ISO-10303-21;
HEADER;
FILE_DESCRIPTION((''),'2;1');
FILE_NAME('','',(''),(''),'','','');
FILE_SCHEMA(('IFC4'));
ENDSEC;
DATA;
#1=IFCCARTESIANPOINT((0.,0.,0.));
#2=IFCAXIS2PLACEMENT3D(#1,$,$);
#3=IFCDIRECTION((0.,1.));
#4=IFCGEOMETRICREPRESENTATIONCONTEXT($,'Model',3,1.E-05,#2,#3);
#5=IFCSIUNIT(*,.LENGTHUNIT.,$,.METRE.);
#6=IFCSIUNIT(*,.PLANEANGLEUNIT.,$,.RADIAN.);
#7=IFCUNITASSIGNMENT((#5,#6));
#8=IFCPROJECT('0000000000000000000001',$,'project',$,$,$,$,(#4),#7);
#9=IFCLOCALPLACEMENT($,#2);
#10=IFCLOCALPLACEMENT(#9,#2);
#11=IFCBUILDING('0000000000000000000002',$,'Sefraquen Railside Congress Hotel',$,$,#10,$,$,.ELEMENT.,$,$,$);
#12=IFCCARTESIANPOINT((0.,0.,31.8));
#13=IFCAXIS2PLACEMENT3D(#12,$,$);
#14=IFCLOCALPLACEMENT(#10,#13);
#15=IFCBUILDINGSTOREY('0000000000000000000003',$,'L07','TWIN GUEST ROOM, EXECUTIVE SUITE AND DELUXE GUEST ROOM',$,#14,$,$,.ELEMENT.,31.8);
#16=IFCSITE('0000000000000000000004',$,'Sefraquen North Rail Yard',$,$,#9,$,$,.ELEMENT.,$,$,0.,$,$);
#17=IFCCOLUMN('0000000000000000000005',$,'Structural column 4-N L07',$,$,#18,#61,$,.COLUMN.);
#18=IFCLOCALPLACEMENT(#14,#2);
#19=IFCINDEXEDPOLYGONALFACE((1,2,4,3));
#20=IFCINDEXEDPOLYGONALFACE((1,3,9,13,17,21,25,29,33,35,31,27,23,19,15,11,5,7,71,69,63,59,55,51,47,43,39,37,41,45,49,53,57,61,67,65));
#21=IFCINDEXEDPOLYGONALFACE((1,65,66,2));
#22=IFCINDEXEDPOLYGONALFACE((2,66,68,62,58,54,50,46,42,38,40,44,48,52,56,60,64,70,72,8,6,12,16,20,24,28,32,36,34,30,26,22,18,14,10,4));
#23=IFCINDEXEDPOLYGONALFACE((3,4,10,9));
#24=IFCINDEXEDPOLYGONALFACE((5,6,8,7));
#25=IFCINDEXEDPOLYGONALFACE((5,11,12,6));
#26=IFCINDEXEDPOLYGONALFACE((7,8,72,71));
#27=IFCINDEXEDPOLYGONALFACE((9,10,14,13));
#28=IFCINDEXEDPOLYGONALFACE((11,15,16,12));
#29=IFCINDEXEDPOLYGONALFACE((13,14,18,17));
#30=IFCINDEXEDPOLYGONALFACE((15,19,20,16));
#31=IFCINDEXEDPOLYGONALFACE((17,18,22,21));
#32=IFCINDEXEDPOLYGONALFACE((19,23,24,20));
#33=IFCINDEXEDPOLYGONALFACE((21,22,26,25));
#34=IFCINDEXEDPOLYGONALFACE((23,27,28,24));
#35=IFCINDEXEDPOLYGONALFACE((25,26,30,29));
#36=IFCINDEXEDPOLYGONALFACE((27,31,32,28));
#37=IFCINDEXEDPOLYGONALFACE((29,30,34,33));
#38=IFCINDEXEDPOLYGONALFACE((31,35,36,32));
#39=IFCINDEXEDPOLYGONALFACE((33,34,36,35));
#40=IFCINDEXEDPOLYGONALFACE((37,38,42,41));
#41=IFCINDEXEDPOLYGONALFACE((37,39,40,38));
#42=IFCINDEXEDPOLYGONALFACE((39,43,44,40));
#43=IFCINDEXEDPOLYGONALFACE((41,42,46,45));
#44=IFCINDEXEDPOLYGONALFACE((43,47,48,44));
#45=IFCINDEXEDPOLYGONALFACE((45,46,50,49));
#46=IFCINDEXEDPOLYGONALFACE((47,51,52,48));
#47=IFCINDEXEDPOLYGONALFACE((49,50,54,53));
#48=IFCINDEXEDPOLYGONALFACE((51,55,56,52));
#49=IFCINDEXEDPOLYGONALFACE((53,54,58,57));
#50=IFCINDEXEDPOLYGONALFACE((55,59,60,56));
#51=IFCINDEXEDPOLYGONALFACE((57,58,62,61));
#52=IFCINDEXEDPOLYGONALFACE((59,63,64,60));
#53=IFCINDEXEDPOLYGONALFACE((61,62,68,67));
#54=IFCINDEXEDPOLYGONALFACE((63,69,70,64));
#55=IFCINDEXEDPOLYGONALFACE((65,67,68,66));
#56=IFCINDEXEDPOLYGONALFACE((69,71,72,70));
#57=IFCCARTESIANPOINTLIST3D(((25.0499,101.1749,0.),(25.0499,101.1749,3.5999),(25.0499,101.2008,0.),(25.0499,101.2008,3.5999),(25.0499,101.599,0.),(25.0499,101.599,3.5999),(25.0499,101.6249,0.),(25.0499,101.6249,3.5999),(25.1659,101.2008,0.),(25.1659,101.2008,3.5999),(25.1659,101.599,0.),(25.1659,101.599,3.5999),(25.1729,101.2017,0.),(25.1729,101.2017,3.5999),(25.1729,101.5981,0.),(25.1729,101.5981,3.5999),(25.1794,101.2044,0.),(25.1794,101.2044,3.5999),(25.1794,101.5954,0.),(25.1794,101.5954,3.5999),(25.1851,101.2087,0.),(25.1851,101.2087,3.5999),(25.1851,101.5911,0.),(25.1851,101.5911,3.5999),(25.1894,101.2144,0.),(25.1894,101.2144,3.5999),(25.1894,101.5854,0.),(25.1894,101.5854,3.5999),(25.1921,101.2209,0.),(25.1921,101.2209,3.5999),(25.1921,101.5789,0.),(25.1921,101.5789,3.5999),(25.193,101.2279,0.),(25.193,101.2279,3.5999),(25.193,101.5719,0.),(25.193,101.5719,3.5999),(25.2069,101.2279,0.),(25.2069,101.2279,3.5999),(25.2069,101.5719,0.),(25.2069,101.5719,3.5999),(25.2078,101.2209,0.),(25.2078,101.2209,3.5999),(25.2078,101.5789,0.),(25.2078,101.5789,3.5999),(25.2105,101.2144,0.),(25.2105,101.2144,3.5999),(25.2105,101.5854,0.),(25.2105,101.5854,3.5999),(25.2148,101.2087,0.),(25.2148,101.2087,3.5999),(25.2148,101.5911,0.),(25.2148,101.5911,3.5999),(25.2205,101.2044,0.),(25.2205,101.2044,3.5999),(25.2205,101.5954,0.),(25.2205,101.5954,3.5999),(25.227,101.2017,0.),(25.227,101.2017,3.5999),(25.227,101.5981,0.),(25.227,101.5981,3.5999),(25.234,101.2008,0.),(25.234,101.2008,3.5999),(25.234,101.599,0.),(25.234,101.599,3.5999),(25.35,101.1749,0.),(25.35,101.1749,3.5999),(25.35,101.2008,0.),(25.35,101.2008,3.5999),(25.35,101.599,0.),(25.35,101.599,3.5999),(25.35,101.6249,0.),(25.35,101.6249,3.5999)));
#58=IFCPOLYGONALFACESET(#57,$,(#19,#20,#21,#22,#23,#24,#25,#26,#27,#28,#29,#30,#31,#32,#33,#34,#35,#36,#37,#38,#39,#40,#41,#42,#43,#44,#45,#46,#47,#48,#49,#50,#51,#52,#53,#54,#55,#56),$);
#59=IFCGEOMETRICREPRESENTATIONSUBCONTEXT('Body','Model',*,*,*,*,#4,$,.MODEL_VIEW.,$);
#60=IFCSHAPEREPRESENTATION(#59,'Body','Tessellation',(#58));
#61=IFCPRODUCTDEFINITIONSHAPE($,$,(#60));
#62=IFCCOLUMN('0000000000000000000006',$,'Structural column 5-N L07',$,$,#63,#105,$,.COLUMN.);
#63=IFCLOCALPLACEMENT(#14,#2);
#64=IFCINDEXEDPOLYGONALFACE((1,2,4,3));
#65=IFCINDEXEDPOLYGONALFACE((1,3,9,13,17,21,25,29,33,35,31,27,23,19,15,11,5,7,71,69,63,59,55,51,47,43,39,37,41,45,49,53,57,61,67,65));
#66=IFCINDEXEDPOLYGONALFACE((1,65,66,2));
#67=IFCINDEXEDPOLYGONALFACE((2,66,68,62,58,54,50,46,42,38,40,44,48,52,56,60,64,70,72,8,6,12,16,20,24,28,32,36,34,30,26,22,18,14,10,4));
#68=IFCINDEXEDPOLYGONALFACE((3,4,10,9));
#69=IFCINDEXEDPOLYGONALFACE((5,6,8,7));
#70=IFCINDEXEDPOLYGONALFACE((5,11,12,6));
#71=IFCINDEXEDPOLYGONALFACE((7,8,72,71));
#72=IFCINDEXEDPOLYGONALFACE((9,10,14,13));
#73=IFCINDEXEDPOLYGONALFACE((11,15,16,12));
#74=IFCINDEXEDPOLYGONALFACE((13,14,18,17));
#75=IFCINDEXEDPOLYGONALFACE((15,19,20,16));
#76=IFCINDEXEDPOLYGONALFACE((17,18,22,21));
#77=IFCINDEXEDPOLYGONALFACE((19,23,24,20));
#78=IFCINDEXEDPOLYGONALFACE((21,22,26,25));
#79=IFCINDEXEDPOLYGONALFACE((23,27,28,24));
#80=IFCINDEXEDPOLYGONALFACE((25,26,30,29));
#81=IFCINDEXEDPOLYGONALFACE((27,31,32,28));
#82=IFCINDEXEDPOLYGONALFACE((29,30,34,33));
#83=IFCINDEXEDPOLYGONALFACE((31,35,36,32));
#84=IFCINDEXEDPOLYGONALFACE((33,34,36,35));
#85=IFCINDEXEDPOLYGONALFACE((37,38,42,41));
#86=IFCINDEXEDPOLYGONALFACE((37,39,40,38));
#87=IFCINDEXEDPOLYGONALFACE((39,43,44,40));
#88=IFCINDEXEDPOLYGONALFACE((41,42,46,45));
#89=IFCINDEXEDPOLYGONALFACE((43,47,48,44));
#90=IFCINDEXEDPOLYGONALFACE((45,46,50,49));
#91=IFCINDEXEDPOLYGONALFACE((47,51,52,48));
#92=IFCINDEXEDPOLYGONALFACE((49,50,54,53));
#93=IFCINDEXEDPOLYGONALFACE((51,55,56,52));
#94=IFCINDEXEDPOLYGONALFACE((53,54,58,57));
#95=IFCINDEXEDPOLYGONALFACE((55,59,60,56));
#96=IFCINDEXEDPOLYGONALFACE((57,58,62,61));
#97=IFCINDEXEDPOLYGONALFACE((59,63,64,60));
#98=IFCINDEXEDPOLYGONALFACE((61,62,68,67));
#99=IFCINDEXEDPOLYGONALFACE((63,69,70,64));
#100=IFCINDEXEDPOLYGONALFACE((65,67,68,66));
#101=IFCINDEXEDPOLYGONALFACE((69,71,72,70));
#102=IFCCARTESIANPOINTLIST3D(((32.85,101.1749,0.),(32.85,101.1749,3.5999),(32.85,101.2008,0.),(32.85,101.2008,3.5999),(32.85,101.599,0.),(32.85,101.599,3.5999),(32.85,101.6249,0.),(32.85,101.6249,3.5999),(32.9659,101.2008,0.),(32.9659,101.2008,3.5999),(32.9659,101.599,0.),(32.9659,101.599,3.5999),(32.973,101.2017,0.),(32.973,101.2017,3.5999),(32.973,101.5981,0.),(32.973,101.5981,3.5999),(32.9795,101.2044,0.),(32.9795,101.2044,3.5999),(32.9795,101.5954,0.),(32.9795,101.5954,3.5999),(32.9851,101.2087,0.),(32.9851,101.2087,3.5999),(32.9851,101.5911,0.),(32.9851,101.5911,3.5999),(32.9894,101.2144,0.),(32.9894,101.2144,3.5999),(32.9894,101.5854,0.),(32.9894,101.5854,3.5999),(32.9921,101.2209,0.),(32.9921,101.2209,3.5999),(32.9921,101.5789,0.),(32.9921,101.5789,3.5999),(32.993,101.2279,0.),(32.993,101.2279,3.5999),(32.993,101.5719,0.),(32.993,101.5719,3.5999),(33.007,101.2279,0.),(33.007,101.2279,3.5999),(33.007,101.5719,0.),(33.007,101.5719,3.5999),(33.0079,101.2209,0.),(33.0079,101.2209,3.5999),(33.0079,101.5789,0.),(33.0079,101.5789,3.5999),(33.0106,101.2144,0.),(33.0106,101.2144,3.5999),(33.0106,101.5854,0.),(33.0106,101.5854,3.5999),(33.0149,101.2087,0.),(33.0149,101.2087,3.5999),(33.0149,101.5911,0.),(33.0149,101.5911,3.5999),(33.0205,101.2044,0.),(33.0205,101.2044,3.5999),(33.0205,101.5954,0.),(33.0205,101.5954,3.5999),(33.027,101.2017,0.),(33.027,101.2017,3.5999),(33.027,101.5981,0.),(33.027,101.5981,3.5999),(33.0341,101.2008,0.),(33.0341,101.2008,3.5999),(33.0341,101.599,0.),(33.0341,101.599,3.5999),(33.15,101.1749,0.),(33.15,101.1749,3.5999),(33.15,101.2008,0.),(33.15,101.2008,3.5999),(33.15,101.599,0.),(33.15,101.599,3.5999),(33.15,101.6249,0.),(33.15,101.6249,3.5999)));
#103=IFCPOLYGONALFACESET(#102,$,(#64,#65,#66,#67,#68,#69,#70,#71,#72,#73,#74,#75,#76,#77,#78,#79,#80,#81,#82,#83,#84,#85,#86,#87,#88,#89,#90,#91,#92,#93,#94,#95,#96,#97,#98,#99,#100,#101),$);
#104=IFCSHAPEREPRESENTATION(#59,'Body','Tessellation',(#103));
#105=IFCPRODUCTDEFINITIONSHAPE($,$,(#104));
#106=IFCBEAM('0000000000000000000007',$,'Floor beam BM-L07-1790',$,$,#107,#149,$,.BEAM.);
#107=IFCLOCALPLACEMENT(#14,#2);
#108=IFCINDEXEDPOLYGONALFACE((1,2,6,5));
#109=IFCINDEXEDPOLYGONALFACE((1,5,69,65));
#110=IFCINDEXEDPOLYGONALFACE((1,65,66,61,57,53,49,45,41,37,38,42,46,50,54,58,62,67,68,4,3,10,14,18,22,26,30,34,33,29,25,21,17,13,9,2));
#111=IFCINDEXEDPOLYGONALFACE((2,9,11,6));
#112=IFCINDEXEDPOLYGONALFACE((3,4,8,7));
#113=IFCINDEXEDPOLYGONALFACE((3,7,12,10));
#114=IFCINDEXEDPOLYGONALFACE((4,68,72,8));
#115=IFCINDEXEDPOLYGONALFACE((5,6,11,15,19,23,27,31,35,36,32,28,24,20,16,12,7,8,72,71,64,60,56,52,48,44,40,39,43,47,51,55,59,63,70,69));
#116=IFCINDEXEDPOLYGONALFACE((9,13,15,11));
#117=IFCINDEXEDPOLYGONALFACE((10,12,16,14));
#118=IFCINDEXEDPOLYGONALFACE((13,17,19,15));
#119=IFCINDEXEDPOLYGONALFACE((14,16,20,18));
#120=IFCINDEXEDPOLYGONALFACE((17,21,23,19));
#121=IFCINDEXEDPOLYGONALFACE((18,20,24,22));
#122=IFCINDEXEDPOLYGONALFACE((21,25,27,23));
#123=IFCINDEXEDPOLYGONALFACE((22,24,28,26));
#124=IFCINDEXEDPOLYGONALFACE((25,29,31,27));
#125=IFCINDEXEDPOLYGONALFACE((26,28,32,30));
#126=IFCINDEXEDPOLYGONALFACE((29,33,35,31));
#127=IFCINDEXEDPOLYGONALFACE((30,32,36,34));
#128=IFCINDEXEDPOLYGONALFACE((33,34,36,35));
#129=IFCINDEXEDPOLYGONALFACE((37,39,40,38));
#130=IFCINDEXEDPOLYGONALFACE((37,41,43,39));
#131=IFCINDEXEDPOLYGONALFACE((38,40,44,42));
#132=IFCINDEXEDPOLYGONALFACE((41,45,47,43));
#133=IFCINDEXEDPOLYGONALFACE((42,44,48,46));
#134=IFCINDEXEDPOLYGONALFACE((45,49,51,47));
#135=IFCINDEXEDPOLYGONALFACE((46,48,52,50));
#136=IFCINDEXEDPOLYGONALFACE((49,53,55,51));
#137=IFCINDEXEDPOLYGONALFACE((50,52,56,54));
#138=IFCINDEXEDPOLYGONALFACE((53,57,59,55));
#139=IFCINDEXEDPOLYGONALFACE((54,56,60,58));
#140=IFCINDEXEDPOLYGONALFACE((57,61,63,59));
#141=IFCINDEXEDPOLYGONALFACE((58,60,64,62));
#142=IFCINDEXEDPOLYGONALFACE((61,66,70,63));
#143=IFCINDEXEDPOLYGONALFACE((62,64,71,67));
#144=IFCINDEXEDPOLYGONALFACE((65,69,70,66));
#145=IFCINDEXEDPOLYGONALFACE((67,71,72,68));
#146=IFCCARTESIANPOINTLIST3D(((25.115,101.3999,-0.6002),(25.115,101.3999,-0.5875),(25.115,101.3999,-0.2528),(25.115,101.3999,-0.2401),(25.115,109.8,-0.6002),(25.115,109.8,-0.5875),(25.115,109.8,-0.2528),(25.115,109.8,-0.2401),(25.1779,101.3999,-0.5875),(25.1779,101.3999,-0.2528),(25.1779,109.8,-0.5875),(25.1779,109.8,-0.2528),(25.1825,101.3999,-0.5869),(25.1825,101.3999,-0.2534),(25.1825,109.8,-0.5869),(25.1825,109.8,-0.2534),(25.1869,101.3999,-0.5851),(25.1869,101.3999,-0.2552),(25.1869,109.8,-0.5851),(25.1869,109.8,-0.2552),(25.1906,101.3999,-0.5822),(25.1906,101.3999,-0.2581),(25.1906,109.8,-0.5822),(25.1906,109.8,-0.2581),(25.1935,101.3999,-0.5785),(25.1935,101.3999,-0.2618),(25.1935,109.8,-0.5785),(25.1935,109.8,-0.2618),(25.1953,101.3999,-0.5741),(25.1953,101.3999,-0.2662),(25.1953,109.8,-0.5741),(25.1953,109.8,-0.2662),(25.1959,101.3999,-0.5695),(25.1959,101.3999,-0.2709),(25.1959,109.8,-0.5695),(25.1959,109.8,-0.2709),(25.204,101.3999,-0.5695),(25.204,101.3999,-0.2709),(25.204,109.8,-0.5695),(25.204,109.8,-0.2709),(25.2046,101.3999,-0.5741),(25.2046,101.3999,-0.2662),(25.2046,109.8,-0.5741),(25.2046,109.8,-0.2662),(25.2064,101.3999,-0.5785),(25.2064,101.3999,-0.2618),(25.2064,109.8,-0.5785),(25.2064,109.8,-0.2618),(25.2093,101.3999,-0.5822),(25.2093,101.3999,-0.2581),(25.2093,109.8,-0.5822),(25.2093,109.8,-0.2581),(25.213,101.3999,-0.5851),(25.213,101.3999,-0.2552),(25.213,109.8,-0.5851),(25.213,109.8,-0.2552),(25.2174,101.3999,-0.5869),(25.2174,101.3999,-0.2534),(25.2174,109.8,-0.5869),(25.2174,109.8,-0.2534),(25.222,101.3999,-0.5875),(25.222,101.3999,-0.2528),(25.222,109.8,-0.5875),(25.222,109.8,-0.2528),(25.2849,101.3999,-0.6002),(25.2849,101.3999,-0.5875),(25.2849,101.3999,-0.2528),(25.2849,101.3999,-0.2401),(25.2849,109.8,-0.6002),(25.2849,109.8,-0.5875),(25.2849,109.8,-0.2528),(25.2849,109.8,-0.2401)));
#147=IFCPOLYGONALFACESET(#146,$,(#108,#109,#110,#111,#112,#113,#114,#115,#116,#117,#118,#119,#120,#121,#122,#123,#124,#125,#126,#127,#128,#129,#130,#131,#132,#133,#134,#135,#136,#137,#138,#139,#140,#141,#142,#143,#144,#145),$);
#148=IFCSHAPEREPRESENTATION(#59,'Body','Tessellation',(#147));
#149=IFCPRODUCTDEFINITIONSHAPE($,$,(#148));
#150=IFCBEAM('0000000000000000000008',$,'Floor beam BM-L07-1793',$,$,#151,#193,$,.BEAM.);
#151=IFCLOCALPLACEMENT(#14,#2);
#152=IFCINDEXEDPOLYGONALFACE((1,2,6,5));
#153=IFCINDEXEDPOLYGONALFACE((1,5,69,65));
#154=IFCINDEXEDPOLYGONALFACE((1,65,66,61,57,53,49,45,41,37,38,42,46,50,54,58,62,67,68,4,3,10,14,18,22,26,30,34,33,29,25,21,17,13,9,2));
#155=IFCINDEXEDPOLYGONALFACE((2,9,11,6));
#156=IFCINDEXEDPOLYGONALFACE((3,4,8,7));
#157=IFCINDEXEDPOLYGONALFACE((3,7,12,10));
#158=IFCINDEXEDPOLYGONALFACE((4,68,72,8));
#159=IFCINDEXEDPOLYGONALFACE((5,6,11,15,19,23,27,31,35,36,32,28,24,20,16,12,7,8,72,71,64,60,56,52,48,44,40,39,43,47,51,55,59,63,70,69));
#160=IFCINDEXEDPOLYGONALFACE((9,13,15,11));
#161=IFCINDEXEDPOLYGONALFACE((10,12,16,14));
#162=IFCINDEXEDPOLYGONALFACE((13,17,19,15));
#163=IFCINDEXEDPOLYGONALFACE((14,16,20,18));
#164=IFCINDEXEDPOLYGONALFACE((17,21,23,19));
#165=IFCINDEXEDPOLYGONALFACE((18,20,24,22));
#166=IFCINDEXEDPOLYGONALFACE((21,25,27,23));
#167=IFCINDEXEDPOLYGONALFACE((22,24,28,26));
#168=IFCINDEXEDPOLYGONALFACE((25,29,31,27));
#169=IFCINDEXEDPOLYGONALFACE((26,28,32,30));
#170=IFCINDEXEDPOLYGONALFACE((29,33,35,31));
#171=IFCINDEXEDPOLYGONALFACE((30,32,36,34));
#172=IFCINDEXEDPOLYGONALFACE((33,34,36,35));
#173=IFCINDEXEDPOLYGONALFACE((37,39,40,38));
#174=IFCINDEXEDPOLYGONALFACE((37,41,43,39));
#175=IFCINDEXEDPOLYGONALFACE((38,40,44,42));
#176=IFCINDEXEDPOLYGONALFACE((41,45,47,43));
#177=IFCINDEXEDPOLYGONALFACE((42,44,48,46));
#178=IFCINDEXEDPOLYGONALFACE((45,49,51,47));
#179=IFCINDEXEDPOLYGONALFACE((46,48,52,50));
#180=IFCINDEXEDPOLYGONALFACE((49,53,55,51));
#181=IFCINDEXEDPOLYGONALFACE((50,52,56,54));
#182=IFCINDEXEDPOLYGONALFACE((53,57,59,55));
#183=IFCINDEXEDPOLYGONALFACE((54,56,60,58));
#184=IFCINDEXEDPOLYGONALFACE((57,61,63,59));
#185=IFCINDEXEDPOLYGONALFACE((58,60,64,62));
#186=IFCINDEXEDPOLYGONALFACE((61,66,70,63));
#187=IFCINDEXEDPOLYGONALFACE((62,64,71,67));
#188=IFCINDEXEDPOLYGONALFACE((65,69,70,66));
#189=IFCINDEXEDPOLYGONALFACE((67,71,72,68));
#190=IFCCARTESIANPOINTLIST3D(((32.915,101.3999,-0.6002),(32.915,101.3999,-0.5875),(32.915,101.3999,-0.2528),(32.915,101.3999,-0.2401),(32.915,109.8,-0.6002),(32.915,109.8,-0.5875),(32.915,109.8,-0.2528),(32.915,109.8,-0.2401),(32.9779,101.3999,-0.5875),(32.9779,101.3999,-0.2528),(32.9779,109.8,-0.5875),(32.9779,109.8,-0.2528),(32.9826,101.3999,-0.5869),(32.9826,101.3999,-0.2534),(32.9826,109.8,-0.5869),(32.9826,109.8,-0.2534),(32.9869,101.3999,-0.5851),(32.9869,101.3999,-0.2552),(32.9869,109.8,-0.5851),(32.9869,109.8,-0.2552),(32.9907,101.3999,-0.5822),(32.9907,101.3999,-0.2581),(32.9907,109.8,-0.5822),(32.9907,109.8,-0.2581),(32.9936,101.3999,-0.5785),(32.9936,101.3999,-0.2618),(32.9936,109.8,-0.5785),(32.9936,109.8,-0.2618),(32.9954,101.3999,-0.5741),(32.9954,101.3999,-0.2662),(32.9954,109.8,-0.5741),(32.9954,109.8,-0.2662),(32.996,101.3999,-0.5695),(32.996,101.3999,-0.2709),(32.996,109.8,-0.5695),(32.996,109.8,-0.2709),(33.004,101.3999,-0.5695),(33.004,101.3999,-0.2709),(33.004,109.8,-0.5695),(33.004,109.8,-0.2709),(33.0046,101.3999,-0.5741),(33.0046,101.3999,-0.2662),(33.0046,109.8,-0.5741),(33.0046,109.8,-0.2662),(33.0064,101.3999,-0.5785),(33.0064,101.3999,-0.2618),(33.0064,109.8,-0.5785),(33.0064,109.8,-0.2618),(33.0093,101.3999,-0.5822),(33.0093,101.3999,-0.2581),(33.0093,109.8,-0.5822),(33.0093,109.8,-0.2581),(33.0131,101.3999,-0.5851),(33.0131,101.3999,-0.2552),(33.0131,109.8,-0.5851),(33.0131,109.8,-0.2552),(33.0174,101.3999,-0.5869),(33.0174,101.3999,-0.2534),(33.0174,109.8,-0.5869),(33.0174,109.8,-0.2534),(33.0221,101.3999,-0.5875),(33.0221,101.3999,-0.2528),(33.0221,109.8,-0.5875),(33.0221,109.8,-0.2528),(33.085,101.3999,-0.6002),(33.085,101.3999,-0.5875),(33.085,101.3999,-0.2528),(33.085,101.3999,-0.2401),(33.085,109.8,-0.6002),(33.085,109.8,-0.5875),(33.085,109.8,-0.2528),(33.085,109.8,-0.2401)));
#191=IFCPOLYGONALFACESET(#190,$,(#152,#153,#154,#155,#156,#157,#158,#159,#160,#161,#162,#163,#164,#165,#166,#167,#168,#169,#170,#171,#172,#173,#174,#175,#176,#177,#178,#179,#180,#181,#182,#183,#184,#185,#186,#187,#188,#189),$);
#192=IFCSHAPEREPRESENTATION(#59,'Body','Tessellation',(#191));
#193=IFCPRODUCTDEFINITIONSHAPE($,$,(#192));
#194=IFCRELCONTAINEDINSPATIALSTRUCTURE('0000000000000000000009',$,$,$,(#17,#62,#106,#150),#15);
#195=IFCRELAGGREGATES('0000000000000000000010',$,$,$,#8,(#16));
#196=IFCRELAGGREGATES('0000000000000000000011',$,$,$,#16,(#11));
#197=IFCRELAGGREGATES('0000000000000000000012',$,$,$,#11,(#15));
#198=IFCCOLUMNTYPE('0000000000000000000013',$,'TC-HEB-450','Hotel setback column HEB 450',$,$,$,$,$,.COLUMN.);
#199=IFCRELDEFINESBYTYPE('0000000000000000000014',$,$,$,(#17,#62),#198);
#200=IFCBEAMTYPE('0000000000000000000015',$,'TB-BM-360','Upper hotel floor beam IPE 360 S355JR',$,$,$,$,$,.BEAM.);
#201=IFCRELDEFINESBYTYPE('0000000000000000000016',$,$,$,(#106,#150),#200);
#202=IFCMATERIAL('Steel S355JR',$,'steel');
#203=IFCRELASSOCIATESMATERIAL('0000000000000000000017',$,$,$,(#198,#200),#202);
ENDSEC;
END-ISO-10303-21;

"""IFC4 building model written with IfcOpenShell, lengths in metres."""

from ifc_helpers import new_model, si_unit, direction, frame, origin, origin_2d, place, context, subcontext, project, spatial, i_section, extrude, material, material_profile, profile_set, type_object, element, save


model = new_model("IFC4")

# Units and contexts
model_context = context("Model", 3, precision=1e-05, world=origin(), true_north=direction((0.0, 1.0)))
body_context = subcontext(model_context, "Body", "Model", "MODEL_VIEW")
ifc_project = project(units=[si_unit("LENGTHUNIT", "METRE"), si_unit("PLANEANGLEUNIT", "RADIAN")], contexts=[model_context])

# Site, building, storey
site_placement = place(None, origin())
site = spatial("IfcSite", under=ifc_project, at=site_placement, Name="Sefraquen North Rail Yard", CompositionType="ELEMENT", RefElevation=0.0)
building_placement = place(site_placement, origin())
building = spatial("IfcBuilding", under=site, at=building_placement, Name="Sefraquen Railside Congress Hotel", CompositionType="ELEMENT")
storey_placement = place(building_placement, frame((0.0, 0.0, 31.8)))
storey = spatial("IfcBuildingStorey", under=building, at=storey_placement, Name="L07", Description="TWIN GUEST ROOM, EXECUTIVE SUITE AND DELUXE GUEST ROOM", CompositionType="ELEMENT", Elevation=31.8)

# Columns
ifc_material_1 = material(Name="Steel S355JR", Category="steel")
ifc_material_profile_1 = material_profile(ifc_material_1, i_section(OverallWidth=0.3, OverallDepth=0.45, WebThickness=0.0139, FlangeThickness=0.0259, FilletRadius=0.0271, at=origin_2d()), Name="HEB 450")
ifc_profile_set_1 = profile_set([ifc_material_profile_1], Name="Steel S355JR")
column_type = type_object("IfcColumnType", Name="TC-HEB-450", Description="Hotel setback column HEB 450", PredefinedType="COLUMN", material=ifc_profile_set_1)
for number, where, z_axis, x_axis, name in (
    (1, (25.2, 101.3999, 0.0), (0.0, 0.0, 1.0), (1.0, 0.0, 0.0), "Structural column 4-N L07"),
    (2, (33.0, 101.3999, 0.0), (0.0, 0.0, 1.0), (1.0, 0.0, 0.0), "Structural column 5-N L07"),
):
    element("IfcColumn", number, at=place(storey_placement, frame(where, z_axis=z_axis, x_axis=x_axis)), inside=storey, type_object=column_type, Name=name, PredefinedType="COLUMN", context=body_context, shape_type="SweptSolid", body=[
        extrude(i_section(OverallWidth=0.3, OverallDepth=0.45, WebThickness=0.0139, FlangeThickness=0.0259, FilletRadius=0.0271, at=origin_2d()), origin(), (0.0, 0.0, 1.0), 3.5999),
    ])

# Beams
ifc_material_profile_2 = material_profile(ifc_material_1, i_section(OverallWidth=0.1699, OverallDepth=0.3601, WebThickness=0.0081, FlangeThickness=0.0127, FilletRadius=0.0181, at=origin_2d()), Name="IPE 360")
ifc_profile_set_2 = profile_set([ifc_material_profile_2], Name="Steel S355JR")
beam_type_1 = type_object("IfcBeamType", Name="TB-BM-360", Description="Upper hotel floor beam IPE 360 S355JR", PredefinedType="BEAM", material=ifc_profile_set_2)
for number, where, z_axis, x_axis, name in (
    (3, (25.2, 101.3999, -0.4202), (0.0, 1.0, 0.0), (-1.0, 0.0, 0.0), "Floor beam BM-L07-1790"),
    (4, (33.0, 101.3999, -0.4202), (0.0, 1.0, 0.0), (-1.0, 0.0, 0.0), "Floor beam BM-L07-1793"),
):
    element("IfcBeam", number, at=place(storey_placement, frame(where, z_axis=z_axis, x_axis=x_axis)), inside=storey, type_object=beam_type_1, Name=name, PredefinedType="BEAM", context=body_context, shape_type="SweptSolid", body=[
        extrude(i_section(OverallWidth=0.1699, OverallDepth=0.3601, WebThickness=0.0081, FlangeThickness=0.0127, FilletRadius=0.0181, at=origin_2d()), origin(), (0.0, 0.0, 1.0), 8.4001),
    ])

save(model, "model.ifc")
